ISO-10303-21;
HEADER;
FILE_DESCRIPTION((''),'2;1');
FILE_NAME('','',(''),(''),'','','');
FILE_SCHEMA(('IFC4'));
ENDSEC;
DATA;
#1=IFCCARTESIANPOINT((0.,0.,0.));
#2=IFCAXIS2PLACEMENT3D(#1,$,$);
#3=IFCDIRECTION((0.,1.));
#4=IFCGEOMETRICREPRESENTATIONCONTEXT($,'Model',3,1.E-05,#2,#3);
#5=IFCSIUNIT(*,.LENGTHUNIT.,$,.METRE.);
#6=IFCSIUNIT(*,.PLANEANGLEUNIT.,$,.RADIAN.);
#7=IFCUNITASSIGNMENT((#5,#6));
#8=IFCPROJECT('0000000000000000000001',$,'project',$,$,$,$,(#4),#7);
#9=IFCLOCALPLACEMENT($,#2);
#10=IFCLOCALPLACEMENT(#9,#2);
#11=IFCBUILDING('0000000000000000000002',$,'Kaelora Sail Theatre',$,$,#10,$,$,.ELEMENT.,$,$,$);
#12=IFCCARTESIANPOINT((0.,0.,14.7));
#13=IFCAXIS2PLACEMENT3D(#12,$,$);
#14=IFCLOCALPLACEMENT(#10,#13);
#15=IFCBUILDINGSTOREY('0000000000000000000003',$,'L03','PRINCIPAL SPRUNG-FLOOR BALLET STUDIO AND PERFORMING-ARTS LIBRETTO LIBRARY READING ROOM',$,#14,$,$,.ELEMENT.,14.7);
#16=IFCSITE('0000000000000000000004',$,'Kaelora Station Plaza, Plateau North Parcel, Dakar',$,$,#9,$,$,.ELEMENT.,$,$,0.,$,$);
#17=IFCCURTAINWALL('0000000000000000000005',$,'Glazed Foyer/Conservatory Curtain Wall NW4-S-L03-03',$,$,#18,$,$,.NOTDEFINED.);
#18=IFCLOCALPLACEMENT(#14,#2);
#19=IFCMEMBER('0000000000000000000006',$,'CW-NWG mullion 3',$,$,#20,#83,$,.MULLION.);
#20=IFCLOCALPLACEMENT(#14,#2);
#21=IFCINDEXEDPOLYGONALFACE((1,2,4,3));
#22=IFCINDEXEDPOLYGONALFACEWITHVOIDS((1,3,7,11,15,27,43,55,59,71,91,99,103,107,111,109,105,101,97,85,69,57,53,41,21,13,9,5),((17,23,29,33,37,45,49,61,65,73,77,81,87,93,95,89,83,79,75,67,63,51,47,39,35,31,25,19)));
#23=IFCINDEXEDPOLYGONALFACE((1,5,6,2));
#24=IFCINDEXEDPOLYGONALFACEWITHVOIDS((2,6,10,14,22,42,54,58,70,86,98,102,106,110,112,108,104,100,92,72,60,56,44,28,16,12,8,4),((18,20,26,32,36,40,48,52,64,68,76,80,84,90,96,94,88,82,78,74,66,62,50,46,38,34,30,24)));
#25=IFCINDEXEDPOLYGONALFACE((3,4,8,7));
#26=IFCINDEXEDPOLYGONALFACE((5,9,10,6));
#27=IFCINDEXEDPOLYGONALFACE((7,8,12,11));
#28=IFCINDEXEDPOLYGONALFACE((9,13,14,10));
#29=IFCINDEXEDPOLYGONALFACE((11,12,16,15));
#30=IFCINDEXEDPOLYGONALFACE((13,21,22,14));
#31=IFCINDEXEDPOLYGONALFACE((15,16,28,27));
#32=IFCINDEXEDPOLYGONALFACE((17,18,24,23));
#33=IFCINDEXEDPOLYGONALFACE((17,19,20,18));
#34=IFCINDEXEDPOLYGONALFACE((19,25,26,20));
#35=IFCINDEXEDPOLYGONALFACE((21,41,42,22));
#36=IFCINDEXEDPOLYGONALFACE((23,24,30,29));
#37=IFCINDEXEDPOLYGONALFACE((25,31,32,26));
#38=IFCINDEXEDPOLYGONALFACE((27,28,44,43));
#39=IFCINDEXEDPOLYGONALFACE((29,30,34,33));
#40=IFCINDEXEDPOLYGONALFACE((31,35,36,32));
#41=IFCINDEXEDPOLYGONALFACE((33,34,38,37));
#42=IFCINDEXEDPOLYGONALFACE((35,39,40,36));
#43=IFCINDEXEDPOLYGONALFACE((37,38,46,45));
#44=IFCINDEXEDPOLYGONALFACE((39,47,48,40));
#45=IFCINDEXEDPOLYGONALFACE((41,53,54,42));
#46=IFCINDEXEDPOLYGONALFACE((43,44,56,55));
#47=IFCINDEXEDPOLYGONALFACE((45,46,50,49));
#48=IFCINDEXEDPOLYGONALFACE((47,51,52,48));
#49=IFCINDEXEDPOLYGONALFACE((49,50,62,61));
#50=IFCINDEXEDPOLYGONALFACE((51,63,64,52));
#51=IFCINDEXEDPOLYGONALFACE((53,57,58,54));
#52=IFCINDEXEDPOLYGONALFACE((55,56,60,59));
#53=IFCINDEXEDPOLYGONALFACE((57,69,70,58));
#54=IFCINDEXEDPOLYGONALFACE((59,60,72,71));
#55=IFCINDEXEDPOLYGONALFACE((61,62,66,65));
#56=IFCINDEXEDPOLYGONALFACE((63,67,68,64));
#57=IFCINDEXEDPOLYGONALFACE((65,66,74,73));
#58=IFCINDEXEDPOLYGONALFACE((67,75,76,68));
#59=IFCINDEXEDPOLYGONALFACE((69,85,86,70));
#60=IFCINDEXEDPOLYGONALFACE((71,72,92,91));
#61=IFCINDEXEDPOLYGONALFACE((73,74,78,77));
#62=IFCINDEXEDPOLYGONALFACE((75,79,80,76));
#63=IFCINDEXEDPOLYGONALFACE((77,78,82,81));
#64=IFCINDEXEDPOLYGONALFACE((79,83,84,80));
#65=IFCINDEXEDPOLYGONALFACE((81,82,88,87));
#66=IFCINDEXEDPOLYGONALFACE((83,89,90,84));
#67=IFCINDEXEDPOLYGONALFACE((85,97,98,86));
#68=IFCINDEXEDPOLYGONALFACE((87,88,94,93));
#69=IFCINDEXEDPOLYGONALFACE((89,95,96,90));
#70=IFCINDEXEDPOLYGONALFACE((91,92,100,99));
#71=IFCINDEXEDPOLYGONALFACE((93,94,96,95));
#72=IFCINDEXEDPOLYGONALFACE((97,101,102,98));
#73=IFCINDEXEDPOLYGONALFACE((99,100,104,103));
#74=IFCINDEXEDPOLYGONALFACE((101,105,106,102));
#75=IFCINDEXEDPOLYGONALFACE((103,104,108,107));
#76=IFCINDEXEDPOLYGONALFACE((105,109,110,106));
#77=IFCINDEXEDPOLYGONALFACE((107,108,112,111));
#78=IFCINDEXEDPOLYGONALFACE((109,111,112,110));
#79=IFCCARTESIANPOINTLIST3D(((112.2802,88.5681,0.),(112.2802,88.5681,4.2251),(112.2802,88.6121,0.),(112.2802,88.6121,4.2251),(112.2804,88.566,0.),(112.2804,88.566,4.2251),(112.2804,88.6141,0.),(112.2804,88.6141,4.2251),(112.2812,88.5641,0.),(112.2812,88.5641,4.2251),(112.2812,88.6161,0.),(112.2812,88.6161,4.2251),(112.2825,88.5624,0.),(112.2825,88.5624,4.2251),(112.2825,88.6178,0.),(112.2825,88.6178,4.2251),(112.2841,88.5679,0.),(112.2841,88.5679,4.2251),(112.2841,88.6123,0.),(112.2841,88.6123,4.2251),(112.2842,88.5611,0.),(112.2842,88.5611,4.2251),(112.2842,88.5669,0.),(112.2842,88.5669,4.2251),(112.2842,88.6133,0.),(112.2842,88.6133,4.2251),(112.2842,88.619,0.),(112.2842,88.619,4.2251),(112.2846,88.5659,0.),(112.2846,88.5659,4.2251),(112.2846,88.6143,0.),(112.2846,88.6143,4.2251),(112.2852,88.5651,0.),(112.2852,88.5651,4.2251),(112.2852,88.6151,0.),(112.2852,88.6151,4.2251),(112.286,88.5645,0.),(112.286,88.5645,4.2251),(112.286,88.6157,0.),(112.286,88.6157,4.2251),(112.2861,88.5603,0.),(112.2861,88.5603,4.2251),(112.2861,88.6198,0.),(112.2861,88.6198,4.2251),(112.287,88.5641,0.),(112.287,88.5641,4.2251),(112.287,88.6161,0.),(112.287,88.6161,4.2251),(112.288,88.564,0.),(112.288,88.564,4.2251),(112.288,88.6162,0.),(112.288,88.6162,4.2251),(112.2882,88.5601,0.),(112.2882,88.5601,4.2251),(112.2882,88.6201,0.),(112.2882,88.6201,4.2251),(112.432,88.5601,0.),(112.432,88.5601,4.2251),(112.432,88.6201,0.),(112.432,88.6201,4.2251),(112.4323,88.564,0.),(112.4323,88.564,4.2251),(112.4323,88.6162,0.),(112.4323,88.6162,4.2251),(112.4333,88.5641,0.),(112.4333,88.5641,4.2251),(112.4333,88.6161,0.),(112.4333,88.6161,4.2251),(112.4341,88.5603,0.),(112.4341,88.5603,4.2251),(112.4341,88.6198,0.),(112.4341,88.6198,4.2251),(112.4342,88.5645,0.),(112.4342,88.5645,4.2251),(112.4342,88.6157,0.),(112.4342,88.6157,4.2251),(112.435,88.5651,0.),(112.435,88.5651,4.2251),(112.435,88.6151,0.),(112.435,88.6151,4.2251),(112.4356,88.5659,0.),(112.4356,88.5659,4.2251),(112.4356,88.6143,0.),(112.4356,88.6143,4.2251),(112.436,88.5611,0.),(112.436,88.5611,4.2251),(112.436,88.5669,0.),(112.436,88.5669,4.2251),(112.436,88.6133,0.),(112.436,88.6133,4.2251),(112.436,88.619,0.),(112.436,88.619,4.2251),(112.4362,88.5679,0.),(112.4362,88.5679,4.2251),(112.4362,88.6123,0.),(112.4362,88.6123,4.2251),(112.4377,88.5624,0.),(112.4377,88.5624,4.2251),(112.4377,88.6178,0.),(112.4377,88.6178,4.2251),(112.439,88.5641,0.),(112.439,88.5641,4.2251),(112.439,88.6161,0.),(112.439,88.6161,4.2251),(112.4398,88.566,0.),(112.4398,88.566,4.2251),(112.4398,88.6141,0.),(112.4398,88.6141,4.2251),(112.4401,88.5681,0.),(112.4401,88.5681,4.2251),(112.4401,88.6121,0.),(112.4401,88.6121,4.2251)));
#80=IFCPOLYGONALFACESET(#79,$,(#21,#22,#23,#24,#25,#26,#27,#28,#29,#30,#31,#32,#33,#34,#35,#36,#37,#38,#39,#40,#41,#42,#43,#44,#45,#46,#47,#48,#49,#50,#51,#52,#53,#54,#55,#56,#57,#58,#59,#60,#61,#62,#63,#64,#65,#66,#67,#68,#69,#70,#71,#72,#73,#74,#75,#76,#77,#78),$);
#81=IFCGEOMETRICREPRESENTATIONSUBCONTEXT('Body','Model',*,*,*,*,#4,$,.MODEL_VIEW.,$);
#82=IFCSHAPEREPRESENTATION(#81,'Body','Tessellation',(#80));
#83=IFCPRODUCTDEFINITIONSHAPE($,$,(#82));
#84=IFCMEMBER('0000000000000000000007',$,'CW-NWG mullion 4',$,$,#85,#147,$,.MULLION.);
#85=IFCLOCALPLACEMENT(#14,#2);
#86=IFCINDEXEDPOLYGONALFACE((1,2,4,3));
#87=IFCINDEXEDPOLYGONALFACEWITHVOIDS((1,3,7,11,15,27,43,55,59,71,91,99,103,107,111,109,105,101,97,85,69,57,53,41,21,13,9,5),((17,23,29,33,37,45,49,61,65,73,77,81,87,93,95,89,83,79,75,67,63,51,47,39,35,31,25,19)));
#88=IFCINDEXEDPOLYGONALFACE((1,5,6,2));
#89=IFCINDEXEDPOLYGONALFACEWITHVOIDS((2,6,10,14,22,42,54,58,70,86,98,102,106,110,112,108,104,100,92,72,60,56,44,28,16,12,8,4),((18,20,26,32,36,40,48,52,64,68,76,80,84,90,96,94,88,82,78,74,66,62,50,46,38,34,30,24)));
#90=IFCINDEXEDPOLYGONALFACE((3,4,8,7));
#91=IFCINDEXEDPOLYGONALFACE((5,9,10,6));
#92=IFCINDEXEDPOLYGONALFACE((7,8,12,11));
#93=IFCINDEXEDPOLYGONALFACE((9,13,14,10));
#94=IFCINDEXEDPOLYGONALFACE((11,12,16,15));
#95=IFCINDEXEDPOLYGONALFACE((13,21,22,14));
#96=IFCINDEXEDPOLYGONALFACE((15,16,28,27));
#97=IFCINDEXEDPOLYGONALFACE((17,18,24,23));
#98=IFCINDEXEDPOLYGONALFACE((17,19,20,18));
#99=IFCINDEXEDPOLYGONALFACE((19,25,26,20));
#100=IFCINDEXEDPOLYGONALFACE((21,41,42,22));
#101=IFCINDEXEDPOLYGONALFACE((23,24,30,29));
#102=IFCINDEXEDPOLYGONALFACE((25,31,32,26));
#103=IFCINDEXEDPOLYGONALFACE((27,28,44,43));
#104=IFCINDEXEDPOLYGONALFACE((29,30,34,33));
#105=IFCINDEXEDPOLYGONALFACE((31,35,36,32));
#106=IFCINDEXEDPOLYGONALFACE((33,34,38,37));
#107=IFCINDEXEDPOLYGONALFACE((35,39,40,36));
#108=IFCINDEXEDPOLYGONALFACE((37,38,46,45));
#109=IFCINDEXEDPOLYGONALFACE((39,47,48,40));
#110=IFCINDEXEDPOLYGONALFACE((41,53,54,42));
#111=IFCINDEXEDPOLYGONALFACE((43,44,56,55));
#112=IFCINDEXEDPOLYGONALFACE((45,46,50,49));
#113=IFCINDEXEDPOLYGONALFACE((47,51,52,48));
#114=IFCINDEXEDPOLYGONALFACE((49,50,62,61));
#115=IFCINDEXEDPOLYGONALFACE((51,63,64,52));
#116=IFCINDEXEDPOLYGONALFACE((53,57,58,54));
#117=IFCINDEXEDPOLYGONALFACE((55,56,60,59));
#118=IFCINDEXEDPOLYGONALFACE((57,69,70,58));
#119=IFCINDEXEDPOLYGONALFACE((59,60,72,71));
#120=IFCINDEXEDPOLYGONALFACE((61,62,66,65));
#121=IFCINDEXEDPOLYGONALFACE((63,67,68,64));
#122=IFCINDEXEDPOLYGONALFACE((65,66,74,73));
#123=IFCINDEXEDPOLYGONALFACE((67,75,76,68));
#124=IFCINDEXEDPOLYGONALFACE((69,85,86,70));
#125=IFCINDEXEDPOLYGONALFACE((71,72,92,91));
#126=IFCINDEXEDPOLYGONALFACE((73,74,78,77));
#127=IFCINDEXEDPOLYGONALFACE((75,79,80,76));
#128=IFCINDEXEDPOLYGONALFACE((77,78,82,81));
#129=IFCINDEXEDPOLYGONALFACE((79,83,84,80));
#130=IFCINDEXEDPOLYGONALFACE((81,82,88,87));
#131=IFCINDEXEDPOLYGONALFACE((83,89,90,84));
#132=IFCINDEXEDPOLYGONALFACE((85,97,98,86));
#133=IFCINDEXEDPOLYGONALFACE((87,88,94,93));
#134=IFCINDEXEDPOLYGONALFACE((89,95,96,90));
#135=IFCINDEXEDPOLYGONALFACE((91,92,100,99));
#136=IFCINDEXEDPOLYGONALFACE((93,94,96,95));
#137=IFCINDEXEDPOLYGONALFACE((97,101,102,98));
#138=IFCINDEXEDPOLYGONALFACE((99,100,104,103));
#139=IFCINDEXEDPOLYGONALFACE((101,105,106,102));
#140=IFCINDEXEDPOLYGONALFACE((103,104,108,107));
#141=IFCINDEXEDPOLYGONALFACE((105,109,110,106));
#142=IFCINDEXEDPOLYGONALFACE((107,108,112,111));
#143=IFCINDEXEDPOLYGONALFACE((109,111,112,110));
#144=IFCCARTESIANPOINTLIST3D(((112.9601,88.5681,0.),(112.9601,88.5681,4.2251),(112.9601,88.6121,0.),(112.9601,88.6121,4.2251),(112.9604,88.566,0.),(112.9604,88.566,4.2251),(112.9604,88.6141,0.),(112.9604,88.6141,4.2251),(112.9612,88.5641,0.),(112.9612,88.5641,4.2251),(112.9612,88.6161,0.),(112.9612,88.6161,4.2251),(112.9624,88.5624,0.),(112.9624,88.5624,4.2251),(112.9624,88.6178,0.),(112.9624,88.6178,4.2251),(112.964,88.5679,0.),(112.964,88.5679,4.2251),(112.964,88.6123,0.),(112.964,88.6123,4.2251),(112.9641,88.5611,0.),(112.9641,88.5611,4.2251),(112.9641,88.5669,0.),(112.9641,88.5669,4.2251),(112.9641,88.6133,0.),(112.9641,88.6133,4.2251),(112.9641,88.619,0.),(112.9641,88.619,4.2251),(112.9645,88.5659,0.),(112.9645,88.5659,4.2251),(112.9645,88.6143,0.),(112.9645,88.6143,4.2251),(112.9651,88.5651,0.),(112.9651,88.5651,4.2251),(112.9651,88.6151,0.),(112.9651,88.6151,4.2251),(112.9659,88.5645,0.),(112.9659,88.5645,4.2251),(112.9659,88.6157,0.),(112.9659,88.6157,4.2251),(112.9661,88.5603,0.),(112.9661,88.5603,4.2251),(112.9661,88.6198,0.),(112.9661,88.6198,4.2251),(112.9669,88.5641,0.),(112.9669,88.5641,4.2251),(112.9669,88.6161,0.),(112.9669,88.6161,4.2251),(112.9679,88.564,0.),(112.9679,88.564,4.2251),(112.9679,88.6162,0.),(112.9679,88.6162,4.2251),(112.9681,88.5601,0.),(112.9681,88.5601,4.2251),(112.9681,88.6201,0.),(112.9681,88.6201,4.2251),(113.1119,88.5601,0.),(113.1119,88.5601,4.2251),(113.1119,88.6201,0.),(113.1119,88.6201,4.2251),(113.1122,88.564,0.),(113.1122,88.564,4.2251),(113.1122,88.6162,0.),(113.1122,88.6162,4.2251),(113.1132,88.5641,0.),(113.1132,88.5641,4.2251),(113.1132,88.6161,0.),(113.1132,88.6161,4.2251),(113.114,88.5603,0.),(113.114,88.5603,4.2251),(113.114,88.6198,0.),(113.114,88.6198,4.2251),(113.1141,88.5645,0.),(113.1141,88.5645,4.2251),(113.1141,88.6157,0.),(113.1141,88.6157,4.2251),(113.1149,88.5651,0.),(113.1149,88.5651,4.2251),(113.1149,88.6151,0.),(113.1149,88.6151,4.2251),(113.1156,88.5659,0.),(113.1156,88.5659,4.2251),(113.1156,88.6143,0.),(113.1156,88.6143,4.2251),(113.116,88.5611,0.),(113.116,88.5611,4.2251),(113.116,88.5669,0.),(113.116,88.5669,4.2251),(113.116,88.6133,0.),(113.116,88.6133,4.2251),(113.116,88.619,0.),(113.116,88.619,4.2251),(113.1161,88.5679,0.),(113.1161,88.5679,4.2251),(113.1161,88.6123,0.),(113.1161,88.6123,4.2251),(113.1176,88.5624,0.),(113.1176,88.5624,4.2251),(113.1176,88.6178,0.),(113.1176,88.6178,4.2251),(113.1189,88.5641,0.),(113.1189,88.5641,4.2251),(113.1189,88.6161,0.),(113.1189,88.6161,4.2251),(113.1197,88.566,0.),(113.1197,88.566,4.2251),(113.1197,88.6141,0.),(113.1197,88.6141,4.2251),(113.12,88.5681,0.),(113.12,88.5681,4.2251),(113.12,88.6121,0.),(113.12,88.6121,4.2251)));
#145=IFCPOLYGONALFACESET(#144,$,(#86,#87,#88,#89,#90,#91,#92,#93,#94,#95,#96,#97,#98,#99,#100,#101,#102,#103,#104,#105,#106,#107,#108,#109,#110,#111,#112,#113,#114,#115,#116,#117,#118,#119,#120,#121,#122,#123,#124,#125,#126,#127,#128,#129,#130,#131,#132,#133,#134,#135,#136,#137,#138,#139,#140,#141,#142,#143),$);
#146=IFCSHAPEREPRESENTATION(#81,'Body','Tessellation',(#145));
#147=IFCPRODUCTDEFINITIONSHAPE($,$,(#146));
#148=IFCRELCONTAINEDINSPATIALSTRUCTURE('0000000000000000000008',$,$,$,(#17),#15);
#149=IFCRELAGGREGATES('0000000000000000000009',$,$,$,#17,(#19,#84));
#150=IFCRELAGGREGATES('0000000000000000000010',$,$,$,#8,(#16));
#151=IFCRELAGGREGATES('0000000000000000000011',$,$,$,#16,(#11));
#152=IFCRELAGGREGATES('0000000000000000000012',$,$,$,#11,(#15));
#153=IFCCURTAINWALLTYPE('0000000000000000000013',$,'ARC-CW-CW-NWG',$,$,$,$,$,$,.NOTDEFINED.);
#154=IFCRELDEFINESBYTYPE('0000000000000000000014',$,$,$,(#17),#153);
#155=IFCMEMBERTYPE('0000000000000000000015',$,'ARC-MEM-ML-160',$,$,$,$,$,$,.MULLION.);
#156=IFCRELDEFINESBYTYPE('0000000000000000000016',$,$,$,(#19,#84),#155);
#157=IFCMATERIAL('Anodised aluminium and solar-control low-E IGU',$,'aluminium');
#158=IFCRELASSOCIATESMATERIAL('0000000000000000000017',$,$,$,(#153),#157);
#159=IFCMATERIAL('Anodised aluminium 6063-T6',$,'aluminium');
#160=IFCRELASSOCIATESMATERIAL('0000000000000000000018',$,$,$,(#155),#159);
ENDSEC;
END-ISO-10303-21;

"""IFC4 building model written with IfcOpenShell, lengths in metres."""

from ifc_helpers import new_model, si_unit, direction, frame, origin, origin_2d, place, context, subcontext, project, spatial, hollow_rectangle, extrude, material, material_profile, profile_set, type_object, element, aggregate, save


model = new_model("IFC4")

# Units and contexts
model_context = context("Model", 3, precision=1e-05, world=origin(), true_north=direction((0.0, 1.0)))
body_context = subcontext(model_context, "Body", "Model", "MODEL_VIEW")
ifc_project = project(units=[si_unit("LENGTHUNIT", "METRE"), si_unit("PLANEANGLEUNIT", "RADIAN")], contexts=[model_context])

# Site, building, storey
site_placement = place(None, origin())
site = spatial("IfcSite", under=ifc_project, at=site_placement, Name="Kaelora Station Plaza, Plateau North Parcel, Dakar", CompositionType="ELEMENT", RefElevation=0.0)
building_placement = place(site_placement, origin())
building = spatial("IfcBuilding", under=site, at=building_placement, Name="Kaelora Sail Theatre", CompositionType="ELEMENT")
storey_placement = place(building_placement, frame((0.0, 0.0, 14.7)))
storey = spatial("IfcBuildingStorey", under=building, at=storey_placement, Name="L03", Description="PRINCIPAL SPRUNG-FLOOR BALLET STUDIO AND PERFORMING-ARTS LIBRETTO LIBRARY READING ROOM", CompositionType="ELEMENT", Elevation=14.7)

# Curtain wall, members
ifc_material_1 = material(Name="Anodised aluminium and solar-control low-E IGU", Category="aluminium")
curtain_wall_type = type_object("IfcCurtainWallType", Name="ARC-CW-CW-NWG", PredefinedType="NOTDEFINED", material=ifc_material_1)
ifc_material_2 = material(Name="Anodised aluminium 6063-T6", Category="aluminium")
ifc_material_profile_1 = material_profile(ifc_material_2, hollow_rectangle(XDim=0.0601, YDim=0.1599, WallThickness=0.0039, InnerFilletRadius=0.0039, OuterFilletRadius=0.0081, at=origin_2d()), Name="ALU-MULL 60x160x4")
ifc_profile_set_1 = profile_set([ifc_material_profile_1], Name="Anodised aluminium 6063-T6")
member_type_1 = type_object("IfcMemberType", Name="ARC-MEM-ML-160", PredefinedType="MULLION", material=ifc_profile_set_1)
curtain_wall_1_placement = place(storey_placement, origin())
curtain_wall_1 = element("IfcCurtainWall", 1, at=curtain_wall_1_placement, inside=storey, type_object=curtain_wall_type, Name="Glazed Foyer/Conservatory Curtain Wall NW4-S-L03-03", PredefinedType="NOTDEFINED")
member_1_placement = place(storey_placement, frame((112.3601, 88.5901, 0.0), z_axis=(0.0, 0.0, 1.0), x_axis=(0.0, 1.0, 0.0)))
member_1 = element("IfcMember", 2, at=member_1_placement, type_object=member_type_1, Name="CW-NWG mullion 3", PredefinedType="MULLION", context=body_context, shape_type="SweptSolid", body=[
    extrude(hollow_rectangle(XDim=0.0601, YDim=0.1599, WallThickness=0.0039, InnerFilletRadius=0.0039, OuterFilletRadius=0.0081, at=origin_2d()), origin(), (0.0, 0.0, 1.0), 4.2251),
])
member_2_placement = place(storey_placement, frame((113.04, 88.5901, 0.0), z_axis=(0.0, 0.0, 1.0), x_axis=(0.0, 1.0, 0.0)))
member_2 = element("IfcMember", 3, at=member_2_placement, type_object=member_type_1, Name="CW-NWG mullion 4", PredefinedType="MULLION", context=body_context, shape_type="SweptSolid", body=[
    extrude(hollow_rectangle(XDim=0.0601, YDim=0.1599, WallThickness=0.0039, InnerFilletRadius=0.0039, OuterFilletRadius=0.0081, at=origin_2d()), origin(), (0.0, 0.0, 1.0), 4.2251),
])

aggregate(curtain_wall_1, [member_1, member_2])

save(model, "model.ifc")
